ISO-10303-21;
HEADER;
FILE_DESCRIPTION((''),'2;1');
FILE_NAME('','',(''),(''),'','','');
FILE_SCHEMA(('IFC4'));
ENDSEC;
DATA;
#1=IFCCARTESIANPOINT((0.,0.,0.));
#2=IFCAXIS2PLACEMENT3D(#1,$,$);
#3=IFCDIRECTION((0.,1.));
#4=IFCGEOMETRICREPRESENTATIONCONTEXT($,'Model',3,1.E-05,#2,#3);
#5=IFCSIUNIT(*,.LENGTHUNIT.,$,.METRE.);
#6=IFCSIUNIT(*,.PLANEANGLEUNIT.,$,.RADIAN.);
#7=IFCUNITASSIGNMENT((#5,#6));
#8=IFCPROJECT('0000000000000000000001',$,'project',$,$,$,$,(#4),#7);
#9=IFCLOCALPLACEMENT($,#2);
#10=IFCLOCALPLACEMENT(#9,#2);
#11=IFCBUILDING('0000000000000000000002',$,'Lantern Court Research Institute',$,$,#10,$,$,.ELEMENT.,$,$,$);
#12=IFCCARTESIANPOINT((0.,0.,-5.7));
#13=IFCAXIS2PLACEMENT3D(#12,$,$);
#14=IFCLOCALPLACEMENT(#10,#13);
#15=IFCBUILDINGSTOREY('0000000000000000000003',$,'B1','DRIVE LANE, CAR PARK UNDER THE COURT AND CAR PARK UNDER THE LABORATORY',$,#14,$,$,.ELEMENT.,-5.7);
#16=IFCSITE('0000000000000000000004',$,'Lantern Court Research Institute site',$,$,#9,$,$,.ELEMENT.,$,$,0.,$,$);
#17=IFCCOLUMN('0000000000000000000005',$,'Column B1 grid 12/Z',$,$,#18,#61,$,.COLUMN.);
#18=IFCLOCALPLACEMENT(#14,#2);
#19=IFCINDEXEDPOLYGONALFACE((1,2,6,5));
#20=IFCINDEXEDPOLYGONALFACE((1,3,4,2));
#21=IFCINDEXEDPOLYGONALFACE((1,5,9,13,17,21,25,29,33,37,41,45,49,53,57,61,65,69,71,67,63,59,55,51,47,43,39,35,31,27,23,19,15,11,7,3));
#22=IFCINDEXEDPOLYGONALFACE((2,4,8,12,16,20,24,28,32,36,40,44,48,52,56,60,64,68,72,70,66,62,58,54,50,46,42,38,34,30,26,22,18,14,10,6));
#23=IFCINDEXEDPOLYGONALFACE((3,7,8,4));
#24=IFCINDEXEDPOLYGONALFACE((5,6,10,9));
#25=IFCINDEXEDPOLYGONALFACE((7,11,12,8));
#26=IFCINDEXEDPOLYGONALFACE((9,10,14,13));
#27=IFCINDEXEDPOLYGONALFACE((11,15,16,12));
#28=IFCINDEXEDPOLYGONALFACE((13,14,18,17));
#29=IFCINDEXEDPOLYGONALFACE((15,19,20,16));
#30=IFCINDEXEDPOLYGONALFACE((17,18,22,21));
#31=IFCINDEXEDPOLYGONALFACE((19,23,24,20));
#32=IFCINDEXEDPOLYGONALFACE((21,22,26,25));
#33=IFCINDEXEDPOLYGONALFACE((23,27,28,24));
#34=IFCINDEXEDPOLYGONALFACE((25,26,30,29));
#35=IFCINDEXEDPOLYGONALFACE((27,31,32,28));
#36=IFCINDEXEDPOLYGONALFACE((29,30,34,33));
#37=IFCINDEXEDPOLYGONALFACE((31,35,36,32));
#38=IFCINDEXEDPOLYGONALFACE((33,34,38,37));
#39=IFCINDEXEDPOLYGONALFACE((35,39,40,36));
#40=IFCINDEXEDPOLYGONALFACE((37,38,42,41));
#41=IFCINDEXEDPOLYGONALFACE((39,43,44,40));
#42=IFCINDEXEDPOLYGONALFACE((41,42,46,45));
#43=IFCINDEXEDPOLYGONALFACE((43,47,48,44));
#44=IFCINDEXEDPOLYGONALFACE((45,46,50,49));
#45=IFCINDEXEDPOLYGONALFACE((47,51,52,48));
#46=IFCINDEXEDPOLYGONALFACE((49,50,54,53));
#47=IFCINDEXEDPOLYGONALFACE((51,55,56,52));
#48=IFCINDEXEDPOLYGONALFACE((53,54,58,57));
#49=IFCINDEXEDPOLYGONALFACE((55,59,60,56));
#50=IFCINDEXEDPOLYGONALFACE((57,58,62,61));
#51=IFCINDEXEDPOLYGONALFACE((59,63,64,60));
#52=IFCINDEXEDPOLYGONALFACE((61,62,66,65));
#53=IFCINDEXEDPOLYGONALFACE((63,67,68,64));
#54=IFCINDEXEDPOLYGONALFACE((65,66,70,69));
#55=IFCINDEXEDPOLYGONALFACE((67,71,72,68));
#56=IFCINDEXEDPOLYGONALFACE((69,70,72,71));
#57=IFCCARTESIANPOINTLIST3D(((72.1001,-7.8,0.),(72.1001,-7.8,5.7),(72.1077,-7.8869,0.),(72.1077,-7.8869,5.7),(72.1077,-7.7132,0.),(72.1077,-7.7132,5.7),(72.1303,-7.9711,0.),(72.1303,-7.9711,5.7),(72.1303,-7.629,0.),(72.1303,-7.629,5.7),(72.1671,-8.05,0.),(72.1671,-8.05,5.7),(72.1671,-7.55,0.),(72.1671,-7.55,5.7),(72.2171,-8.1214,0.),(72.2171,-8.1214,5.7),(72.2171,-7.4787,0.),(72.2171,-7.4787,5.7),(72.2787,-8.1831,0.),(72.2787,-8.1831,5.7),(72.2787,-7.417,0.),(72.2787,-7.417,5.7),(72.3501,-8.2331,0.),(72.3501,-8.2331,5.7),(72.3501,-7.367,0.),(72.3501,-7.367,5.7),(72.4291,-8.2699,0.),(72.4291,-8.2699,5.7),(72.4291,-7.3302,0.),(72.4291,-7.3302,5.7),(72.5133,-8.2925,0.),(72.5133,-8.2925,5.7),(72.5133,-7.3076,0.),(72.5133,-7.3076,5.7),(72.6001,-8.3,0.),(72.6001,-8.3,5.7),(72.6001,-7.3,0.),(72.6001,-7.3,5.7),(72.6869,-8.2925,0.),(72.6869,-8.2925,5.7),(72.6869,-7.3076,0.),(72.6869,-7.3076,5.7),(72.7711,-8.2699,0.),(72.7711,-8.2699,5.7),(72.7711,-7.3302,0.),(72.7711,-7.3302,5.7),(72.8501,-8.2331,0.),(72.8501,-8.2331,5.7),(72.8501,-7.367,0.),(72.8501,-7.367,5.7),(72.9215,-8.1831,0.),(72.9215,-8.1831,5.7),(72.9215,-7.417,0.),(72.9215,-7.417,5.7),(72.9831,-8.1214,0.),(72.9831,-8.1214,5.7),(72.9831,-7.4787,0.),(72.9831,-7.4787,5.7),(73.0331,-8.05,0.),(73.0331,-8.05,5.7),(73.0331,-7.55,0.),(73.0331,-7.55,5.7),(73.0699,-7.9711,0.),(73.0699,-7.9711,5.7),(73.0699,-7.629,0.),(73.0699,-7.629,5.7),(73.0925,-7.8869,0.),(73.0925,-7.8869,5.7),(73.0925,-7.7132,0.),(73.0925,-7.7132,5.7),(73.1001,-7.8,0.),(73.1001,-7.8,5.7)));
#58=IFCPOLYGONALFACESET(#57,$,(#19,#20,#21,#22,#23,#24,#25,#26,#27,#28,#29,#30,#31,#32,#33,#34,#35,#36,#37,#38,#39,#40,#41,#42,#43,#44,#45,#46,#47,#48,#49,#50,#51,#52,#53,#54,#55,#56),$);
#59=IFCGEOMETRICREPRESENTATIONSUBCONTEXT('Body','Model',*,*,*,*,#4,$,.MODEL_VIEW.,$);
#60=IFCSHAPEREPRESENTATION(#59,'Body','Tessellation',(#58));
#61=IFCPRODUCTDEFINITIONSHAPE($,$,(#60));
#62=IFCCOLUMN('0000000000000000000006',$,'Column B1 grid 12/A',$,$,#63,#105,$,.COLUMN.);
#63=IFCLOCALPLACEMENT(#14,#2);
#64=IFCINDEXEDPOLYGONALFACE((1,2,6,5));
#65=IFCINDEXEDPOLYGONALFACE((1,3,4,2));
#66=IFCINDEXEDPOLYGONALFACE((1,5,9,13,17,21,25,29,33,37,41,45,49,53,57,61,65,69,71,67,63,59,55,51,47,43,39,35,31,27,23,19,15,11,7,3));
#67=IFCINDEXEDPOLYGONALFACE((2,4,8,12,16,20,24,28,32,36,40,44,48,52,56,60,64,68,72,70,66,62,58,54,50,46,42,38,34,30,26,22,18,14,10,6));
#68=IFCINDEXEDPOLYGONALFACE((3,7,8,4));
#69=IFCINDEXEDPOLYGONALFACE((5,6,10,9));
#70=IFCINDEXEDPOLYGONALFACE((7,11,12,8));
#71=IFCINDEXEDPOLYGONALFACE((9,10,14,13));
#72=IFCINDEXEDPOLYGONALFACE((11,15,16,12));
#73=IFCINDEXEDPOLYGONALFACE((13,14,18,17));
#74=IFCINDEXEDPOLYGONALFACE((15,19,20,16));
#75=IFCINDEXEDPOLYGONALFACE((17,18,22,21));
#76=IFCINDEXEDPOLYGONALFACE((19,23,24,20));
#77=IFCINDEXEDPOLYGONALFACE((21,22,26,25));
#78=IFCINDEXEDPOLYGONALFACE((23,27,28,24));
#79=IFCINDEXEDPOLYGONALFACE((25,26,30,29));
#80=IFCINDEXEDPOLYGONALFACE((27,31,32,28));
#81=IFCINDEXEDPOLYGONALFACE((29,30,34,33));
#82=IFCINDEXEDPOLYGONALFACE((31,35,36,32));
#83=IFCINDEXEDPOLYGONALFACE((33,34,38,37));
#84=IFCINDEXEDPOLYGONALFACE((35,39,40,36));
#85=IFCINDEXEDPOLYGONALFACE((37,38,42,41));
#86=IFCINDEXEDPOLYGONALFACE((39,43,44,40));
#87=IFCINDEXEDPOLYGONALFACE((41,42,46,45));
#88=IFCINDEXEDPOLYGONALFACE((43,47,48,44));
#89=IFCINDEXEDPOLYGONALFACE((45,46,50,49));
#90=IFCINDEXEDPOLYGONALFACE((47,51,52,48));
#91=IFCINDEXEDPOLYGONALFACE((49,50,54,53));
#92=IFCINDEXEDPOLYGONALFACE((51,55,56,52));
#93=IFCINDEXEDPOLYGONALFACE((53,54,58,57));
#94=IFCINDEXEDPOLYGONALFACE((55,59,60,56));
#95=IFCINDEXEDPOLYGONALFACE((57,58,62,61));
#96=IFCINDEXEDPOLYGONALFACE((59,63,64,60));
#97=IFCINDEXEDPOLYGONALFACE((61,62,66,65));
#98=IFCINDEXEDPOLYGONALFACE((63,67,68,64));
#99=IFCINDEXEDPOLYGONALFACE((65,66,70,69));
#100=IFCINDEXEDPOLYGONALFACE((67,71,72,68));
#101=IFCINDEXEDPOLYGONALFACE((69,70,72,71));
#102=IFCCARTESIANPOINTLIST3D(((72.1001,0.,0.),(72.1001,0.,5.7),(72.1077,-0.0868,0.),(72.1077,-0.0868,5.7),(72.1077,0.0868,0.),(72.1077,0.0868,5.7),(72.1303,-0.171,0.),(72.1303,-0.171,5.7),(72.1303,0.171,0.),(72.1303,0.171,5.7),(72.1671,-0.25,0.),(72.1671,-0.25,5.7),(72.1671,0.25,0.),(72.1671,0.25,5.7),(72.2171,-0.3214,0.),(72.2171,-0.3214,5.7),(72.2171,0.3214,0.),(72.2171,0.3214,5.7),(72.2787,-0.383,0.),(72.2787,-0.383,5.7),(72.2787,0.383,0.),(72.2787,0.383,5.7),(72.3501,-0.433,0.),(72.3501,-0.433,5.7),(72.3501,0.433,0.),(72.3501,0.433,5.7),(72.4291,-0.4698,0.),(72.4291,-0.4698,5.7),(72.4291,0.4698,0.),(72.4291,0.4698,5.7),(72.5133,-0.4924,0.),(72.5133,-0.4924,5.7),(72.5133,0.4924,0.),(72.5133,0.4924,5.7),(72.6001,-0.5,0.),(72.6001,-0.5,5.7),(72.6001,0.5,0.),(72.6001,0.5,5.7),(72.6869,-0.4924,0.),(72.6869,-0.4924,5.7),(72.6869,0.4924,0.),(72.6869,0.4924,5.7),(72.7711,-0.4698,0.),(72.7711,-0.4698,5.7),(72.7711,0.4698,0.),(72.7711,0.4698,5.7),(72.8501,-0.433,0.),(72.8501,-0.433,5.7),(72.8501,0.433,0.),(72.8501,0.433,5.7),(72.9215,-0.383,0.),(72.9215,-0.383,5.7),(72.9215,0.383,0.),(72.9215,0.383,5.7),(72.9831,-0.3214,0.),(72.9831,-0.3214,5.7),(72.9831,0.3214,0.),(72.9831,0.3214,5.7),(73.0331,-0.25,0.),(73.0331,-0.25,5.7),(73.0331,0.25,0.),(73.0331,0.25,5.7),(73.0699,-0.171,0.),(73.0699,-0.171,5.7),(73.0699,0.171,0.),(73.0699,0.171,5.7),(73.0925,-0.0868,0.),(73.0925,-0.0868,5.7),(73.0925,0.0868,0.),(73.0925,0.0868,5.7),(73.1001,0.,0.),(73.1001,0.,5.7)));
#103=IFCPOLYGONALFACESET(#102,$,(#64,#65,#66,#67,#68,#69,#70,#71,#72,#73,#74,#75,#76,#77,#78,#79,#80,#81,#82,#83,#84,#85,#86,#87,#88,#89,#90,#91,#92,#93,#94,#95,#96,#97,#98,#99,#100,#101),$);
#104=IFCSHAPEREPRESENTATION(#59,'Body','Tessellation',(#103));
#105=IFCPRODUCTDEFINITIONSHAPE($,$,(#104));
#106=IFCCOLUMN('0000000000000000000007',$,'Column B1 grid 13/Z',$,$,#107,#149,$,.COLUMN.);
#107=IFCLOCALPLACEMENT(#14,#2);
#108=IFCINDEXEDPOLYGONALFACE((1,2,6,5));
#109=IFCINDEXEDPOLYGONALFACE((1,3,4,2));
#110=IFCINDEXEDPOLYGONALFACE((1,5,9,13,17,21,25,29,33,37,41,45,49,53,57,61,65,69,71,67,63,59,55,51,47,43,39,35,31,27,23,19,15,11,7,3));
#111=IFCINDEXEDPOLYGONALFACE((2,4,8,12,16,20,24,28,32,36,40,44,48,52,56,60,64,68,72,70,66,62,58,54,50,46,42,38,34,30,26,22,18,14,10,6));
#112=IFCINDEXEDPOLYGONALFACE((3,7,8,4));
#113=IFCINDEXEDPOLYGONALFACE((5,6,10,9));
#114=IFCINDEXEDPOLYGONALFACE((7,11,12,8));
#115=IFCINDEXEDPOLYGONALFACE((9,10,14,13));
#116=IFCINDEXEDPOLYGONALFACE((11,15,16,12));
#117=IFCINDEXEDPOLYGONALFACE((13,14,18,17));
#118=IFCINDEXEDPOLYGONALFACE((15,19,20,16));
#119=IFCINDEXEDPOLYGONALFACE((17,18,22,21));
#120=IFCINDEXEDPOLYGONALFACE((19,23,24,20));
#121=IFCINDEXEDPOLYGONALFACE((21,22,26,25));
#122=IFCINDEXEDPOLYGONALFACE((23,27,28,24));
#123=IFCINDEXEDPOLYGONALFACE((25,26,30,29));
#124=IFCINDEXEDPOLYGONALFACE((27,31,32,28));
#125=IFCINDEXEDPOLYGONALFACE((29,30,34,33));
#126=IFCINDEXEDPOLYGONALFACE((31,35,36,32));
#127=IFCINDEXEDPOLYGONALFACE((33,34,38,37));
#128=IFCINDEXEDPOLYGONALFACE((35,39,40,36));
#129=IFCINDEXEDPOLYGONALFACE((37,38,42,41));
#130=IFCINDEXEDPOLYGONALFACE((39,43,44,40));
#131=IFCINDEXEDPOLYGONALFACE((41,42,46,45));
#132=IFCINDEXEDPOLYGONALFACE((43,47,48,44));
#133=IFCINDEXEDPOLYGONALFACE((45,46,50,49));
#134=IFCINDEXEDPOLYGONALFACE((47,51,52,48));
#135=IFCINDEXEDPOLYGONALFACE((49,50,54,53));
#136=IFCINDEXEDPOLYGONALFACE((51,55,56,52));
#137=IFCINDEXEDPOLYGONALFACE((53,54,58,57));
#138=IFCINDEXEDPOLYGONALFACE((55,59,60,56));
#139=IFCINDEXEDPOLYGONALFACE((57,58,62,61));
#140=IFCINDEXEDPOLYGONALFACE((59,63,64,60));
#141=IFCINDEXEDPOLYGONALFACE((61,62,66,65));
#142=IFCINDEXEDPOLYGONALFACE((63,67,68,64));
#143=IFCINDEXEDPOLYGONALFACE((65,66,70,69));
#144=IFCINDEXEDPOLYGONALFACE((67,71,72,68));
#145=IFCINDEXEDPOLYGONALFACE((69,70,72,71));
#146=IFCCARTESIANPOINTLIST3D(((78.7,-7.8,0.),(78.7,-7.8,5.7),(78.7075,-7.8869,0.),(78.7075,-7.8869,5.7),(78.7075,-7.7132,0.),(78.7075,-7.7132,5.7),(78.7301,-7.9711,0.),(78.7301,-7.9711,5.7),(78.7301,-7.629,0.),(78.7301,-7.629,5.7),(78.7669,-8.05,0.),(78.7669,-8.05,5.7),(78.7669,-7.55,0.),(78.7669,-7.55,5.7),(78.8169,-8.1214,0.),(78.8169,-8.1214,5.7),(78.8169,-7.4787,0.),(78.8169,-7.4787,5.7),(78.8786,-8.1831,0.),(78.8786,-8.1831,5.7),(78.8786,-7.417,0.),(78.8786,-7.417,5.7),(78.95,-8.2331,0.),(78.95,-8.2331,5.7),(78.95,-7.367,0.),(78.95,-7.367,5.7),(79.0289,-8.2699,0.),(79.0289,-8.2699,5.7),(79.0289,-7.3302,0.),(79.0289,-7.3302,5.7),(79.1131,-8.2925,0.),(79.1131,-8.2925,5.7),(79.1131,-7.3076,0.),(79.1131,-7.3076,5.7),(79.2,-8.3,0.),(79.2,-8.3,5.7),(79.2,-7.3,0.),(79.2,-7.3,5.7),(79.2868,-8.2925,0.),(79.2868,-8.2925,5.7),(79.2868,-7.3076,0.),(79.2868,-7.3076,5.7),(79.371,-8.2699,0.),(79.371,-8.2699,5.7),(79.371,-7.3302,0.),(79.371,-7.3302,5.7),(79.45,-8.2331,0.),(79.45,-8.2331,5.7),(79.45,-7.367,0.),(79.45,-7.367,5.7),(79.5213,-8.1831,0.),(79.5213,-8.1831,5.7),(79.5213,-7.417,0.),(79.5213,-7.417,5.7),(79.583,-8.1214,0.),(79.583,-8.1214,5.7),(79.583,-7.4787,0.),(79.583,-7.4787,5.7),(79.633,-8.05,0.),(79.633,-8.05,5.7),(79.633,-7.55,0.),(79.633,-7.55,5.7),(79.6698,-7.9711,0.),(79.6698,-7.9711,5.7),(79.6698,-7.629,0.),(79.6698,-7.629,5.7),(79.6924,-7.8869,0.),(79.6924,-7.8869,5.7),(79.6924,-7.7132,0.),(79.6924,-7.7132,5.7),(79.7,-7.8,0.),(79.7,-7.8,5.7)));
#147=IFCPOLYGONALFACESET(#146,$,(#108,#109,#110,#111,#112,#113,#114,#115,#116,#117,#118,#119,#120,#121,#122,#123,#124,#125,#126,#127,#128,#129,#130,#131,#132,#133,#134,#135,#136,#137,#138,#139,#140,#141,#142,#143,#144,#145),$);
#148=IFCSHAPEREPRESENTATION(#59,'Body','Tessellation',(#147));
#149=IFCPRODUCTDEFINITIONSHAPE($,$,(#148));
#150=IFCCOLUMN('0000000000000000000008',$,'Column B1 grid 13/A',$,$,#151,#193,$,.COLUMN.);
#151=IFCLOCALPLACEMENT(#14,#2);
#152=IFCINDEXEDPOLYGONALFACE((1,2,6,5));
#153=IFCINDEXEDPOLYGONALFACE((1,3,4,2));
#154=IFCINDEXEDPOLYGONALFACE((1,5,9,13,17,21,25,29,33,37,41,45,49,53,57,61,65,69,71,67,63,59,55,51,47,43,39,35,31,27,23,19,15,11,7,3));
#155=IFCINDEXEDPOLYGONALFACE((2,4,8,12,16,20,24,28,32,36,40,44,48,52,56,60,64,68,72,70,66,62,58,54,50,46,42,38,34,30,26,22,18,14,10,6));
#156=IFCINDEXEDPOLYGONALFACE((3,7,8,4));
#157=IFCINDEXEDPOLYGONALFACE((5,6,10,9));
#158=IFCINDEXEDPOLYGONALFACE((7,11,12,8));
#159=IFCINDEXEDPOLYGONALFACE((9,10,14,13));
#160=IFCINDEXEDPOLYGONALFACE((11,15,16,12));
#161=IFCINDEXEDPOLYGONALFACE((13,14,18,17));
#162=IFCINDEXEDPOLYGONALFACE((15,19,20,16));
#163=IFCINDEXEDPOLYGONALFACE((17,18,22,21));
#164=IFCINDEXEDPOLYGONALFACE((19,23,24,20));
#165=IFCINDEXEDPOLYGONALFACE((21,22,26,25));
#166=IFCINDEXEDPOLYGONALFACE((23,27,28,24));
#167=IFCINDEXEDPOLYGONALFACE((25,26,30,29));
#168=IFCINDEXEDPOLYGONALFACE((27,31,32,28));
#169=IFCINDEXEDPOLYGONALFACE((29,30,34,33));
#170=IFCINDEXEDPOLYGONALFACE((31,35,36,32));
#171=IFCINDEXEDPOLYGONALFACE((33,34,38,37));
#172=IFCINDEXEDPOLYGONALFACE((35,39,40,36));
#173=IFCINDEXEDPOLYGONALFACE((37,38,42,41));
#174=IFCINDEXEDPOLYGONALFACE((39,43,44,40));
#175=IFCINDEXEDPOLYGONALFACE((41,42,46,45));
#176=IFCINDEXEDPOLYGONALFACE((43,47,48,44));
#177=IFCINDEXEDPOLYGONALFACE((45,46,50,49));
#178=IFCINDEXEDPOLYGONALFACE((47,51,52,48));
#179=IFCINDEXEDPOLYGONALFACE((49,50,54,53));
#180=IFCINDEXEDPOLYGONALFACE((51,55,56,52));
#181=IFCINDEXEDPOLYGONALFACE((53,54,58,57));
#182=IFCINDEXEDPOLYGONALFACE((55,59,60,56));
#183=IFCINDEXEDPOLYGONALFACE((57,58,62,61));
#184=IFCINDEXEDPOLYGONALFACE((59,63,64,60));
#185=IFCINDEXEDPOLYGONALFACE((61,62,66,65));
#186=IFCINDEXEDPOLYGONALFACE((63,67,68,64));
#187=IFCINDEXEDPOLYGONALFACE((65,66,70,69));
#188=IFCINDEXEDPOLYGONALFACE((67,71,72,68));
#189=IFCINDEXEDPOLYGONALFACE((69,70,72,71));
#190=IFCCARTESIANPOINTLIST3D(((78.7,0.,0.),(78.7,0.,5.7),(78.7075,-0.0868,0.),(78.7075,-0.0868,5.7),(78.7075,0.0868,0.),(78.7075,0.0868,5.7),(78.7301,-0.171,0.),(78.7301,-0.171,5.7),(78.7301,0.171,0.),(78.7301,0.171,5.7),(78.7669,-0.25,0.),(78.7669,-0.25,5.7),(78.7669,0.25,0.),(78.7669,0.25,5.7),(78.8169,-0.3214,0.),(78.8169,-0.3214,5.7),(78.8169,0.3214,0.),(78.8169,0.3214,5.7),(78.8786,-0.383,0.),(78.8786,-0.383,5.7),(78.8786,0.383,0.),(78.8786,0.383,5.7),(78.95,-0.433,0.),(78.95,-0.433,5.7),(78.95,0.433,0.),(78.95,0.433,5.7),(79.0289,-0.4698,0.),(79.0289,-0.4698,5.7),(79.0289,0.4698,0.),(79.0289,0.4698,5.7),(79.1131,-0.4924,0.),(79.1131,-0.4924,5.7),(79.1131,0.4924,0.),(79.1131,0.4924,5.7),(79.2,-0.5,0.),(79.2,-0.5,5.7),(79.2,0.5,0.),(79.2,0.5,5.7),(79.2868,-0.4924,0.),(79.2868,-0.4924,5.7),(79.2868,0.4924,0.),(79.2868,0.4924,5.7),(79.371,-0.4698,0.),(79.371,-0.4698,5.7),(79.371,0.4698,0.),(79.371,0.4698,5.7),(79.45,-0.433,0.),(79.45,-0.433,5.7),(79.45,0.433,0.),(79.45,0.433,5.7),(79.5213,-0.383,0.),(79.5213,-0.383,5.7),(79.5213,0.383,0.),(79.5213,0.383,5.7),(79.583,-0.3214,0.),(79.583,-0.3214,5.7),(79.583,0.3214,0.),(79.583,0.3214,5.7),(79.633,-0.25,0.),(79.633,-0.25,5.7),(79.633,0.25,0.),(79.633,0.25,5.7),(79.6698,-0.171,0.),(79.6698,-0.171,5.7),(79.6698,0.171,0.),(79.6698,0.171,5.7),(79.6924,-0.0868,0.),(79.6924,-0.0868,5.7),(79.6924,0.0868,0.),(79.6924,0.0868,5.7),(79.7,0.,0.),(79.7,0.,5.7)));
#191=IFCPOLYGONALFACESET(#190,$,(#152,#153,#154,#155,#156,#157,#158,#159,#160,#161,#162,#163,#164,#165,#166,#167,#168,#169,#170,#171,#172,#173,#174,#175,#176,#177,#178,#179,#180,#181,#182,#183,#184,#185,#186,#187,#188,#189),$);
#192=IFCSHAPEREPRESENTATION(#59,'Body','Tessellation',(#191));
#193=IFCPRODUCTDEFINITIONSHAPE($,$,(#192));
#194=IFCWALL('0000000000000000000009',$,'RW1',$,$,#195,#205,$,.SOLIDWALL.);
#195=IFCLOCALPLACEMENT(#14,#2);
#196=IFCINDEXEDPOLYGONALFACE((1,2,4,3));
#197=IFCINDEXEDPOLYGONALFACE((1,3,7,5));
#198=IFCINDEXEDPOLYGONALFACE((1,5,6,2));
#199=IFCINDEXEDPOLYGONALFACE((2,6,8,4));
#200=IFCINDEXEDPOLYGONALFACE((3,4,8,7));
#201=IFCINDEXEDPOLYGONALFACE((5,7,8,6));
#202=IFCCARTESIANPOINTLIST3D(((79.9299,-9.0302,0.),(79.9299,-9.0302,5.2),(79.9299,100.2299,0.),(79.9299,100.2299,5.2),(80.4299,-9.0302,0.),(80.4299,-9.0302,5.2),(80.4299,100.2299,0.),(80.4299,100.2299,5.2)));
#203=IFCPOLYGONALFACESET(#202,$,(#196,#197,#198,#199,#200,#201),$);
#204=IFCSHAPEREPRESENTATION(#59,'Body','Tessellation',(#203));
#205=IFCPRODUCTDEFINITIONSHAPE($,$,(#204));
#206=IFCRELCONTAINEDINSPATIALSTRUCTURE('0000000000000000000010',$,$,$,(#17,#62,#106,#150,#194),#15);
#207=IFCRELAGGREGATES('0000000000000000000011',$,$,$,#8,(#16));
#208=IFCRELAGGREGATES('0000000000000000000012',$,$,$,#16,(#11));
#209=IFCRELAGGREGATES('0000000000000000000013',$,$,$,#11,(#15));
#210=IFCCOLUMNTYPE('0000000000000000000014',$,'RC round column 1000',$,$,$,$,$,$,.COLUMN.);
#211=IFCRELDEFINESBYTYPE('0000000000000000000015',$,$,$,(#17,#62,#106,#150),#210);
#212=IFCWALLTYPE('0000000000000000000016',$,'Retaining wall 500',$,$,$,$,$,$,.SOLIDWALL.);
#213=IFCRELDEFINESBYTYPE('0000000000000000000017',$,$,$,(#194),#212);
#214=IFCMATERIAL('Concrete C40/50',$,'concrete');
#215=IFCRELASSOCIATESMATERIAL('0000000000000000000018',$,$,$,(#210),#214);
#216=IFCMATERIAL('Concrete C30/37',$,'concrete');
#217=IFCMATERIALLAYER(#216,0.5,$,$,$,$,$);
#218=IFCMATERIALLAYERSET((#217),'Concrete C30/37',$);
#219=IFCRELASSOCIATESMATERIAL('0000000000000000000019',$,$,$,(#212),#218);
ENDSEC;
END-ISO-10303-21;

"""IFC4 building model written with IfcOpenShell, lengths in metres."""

from ifc_helpers import new_model, si_unit, direction, frame, frame_2d, origin, origin_2d, place, context, subcontext, project, spatial, rectangle, circle, extrude, material, layer, layer_set, material_profile, profile_set, type_object, element, save


model = new_model("IFC4")

# Units and contexts
model_context = context("Model", 3, precision=1e-05, world=origin(), true_north=direction((0.0, 1.0)))
body_context = subcontext(model_context, "Body", "Model", "MODEL_VIEW")
ifc_project = project(units=[si_unit("LENGTHUNIT", "METRE"), si_unit("PLANEANGLEUNIT", "RADIAN")], contexts=[model_context])

# Site, building, storey
site_placement = place(None, origin())
site = spatial("IfcSite", under=ifc_project, at=site_placement, Name="Lantern Court Research Institute site", CompositionType="ELEMENT", RefElevation=0.0)
building_placement = place(site_placement, origin())
building = spatial("IfcBuilding", under=site, at=building_placement, Name="Lantern Court Research Institute", CompositionType="ELEMENT")
storey_placement = place(building_placement, frame((0.0, 0.0, -5.7)))
storey = spatial("IfcBuildingStorey", under=building, at=storey_placement, Name="B1", Description="DRIVE LANE, CAR PARK UNDER THE COURT AND CAR PARK UNDER THE LABORATORY", CompositionType="ELEMENT", Elevation=-5.7)

# Columns
ifc_material_1 = material(Name="Concrete C40/50", Category="concrete")
ifc_material_profile_1 = material_profile(ifc_material_1, circle(Radius=0.5, at=origin_2d()), Name="RC round column 1000")
ifc_profile_set_1 = profile_set([ifc_material_profile_1], Name="Concrete C40/50")
column_type = type_object("IfcColumnType", Name="RC round column 1000", PredefinedType="COLUMN", material=ifc_profile_set_1)
for number, where, z_axis, x_axis, name in (
    (1, (72.6001, -7.8, 0.0), (0.0, 0.0, 1.0), (1.0, 0.0, 0.0), "Column B1 grid 12/Z"),
    (2, (72.6001, 0.0, 0.0), (0.0, 0.0, 1.0), (1.0, 0.0, 0.0), "Column B1 grid 12/A"),
    (3, (79.2, -7.8, 0.0), (0.0, 0.0, 1.0), (1.0, 0.0, 0.0), "Column B1 grid 13/Z"),
    (4, (79.2, 0.0, 0.0), (0.0, 0.0, 1.0), (1.0, 0.0, 0.0), "Column B1 grid 13/A"),
):
    element("IfcColumn", number, at=place(storey_placement, frame(where, z_axis=z_axis, x_axis=x_axis)), inside=storey, type_object=column_type, Name=name, PredefinedType="COLUMN", context=body_context, shape_type="SweptSolid", body=[
        extrude(circle(Radius=0.5, at=origin_2d()), origin(), (0.0, 0.0, 1.0), 5.7),
    ])

# Wall
ifc_material_2 = material(Name="Concrete C30/37", Category="concrete")
ifc_layer = layer(ifc_material_2, 0.5)
ifc_layer_set = layer_set([ifc_layer], Name="Concrete C30/37")
wall_type = type_object("IfcWallType", Name="Retaining wall 500", PredefinedType="SOLIDWALL", material=ifc_layer_set)
wall_placement = place(storey_placement, frame((80.1799, -9.03, 0.0), z_axis=(0.0, 0.0, 1.0), x_axis=(0.0, 1.0, 0.0)))
element("IfcWall", 5, at=wall_placement, inside=storey, type_object=wall_type, Name="RW1", PredefinedType="SOLIDWALL", context=body_context, shape_type="SweptSolid", body=[
    extrude(rectangle(XDim=109.26, YDim=0.5, at=frame_2d((54.6299, 0.0))), origin(), (0.0, 0.0, 1.0), 5.2),
])

save(model, "model.ifc")
